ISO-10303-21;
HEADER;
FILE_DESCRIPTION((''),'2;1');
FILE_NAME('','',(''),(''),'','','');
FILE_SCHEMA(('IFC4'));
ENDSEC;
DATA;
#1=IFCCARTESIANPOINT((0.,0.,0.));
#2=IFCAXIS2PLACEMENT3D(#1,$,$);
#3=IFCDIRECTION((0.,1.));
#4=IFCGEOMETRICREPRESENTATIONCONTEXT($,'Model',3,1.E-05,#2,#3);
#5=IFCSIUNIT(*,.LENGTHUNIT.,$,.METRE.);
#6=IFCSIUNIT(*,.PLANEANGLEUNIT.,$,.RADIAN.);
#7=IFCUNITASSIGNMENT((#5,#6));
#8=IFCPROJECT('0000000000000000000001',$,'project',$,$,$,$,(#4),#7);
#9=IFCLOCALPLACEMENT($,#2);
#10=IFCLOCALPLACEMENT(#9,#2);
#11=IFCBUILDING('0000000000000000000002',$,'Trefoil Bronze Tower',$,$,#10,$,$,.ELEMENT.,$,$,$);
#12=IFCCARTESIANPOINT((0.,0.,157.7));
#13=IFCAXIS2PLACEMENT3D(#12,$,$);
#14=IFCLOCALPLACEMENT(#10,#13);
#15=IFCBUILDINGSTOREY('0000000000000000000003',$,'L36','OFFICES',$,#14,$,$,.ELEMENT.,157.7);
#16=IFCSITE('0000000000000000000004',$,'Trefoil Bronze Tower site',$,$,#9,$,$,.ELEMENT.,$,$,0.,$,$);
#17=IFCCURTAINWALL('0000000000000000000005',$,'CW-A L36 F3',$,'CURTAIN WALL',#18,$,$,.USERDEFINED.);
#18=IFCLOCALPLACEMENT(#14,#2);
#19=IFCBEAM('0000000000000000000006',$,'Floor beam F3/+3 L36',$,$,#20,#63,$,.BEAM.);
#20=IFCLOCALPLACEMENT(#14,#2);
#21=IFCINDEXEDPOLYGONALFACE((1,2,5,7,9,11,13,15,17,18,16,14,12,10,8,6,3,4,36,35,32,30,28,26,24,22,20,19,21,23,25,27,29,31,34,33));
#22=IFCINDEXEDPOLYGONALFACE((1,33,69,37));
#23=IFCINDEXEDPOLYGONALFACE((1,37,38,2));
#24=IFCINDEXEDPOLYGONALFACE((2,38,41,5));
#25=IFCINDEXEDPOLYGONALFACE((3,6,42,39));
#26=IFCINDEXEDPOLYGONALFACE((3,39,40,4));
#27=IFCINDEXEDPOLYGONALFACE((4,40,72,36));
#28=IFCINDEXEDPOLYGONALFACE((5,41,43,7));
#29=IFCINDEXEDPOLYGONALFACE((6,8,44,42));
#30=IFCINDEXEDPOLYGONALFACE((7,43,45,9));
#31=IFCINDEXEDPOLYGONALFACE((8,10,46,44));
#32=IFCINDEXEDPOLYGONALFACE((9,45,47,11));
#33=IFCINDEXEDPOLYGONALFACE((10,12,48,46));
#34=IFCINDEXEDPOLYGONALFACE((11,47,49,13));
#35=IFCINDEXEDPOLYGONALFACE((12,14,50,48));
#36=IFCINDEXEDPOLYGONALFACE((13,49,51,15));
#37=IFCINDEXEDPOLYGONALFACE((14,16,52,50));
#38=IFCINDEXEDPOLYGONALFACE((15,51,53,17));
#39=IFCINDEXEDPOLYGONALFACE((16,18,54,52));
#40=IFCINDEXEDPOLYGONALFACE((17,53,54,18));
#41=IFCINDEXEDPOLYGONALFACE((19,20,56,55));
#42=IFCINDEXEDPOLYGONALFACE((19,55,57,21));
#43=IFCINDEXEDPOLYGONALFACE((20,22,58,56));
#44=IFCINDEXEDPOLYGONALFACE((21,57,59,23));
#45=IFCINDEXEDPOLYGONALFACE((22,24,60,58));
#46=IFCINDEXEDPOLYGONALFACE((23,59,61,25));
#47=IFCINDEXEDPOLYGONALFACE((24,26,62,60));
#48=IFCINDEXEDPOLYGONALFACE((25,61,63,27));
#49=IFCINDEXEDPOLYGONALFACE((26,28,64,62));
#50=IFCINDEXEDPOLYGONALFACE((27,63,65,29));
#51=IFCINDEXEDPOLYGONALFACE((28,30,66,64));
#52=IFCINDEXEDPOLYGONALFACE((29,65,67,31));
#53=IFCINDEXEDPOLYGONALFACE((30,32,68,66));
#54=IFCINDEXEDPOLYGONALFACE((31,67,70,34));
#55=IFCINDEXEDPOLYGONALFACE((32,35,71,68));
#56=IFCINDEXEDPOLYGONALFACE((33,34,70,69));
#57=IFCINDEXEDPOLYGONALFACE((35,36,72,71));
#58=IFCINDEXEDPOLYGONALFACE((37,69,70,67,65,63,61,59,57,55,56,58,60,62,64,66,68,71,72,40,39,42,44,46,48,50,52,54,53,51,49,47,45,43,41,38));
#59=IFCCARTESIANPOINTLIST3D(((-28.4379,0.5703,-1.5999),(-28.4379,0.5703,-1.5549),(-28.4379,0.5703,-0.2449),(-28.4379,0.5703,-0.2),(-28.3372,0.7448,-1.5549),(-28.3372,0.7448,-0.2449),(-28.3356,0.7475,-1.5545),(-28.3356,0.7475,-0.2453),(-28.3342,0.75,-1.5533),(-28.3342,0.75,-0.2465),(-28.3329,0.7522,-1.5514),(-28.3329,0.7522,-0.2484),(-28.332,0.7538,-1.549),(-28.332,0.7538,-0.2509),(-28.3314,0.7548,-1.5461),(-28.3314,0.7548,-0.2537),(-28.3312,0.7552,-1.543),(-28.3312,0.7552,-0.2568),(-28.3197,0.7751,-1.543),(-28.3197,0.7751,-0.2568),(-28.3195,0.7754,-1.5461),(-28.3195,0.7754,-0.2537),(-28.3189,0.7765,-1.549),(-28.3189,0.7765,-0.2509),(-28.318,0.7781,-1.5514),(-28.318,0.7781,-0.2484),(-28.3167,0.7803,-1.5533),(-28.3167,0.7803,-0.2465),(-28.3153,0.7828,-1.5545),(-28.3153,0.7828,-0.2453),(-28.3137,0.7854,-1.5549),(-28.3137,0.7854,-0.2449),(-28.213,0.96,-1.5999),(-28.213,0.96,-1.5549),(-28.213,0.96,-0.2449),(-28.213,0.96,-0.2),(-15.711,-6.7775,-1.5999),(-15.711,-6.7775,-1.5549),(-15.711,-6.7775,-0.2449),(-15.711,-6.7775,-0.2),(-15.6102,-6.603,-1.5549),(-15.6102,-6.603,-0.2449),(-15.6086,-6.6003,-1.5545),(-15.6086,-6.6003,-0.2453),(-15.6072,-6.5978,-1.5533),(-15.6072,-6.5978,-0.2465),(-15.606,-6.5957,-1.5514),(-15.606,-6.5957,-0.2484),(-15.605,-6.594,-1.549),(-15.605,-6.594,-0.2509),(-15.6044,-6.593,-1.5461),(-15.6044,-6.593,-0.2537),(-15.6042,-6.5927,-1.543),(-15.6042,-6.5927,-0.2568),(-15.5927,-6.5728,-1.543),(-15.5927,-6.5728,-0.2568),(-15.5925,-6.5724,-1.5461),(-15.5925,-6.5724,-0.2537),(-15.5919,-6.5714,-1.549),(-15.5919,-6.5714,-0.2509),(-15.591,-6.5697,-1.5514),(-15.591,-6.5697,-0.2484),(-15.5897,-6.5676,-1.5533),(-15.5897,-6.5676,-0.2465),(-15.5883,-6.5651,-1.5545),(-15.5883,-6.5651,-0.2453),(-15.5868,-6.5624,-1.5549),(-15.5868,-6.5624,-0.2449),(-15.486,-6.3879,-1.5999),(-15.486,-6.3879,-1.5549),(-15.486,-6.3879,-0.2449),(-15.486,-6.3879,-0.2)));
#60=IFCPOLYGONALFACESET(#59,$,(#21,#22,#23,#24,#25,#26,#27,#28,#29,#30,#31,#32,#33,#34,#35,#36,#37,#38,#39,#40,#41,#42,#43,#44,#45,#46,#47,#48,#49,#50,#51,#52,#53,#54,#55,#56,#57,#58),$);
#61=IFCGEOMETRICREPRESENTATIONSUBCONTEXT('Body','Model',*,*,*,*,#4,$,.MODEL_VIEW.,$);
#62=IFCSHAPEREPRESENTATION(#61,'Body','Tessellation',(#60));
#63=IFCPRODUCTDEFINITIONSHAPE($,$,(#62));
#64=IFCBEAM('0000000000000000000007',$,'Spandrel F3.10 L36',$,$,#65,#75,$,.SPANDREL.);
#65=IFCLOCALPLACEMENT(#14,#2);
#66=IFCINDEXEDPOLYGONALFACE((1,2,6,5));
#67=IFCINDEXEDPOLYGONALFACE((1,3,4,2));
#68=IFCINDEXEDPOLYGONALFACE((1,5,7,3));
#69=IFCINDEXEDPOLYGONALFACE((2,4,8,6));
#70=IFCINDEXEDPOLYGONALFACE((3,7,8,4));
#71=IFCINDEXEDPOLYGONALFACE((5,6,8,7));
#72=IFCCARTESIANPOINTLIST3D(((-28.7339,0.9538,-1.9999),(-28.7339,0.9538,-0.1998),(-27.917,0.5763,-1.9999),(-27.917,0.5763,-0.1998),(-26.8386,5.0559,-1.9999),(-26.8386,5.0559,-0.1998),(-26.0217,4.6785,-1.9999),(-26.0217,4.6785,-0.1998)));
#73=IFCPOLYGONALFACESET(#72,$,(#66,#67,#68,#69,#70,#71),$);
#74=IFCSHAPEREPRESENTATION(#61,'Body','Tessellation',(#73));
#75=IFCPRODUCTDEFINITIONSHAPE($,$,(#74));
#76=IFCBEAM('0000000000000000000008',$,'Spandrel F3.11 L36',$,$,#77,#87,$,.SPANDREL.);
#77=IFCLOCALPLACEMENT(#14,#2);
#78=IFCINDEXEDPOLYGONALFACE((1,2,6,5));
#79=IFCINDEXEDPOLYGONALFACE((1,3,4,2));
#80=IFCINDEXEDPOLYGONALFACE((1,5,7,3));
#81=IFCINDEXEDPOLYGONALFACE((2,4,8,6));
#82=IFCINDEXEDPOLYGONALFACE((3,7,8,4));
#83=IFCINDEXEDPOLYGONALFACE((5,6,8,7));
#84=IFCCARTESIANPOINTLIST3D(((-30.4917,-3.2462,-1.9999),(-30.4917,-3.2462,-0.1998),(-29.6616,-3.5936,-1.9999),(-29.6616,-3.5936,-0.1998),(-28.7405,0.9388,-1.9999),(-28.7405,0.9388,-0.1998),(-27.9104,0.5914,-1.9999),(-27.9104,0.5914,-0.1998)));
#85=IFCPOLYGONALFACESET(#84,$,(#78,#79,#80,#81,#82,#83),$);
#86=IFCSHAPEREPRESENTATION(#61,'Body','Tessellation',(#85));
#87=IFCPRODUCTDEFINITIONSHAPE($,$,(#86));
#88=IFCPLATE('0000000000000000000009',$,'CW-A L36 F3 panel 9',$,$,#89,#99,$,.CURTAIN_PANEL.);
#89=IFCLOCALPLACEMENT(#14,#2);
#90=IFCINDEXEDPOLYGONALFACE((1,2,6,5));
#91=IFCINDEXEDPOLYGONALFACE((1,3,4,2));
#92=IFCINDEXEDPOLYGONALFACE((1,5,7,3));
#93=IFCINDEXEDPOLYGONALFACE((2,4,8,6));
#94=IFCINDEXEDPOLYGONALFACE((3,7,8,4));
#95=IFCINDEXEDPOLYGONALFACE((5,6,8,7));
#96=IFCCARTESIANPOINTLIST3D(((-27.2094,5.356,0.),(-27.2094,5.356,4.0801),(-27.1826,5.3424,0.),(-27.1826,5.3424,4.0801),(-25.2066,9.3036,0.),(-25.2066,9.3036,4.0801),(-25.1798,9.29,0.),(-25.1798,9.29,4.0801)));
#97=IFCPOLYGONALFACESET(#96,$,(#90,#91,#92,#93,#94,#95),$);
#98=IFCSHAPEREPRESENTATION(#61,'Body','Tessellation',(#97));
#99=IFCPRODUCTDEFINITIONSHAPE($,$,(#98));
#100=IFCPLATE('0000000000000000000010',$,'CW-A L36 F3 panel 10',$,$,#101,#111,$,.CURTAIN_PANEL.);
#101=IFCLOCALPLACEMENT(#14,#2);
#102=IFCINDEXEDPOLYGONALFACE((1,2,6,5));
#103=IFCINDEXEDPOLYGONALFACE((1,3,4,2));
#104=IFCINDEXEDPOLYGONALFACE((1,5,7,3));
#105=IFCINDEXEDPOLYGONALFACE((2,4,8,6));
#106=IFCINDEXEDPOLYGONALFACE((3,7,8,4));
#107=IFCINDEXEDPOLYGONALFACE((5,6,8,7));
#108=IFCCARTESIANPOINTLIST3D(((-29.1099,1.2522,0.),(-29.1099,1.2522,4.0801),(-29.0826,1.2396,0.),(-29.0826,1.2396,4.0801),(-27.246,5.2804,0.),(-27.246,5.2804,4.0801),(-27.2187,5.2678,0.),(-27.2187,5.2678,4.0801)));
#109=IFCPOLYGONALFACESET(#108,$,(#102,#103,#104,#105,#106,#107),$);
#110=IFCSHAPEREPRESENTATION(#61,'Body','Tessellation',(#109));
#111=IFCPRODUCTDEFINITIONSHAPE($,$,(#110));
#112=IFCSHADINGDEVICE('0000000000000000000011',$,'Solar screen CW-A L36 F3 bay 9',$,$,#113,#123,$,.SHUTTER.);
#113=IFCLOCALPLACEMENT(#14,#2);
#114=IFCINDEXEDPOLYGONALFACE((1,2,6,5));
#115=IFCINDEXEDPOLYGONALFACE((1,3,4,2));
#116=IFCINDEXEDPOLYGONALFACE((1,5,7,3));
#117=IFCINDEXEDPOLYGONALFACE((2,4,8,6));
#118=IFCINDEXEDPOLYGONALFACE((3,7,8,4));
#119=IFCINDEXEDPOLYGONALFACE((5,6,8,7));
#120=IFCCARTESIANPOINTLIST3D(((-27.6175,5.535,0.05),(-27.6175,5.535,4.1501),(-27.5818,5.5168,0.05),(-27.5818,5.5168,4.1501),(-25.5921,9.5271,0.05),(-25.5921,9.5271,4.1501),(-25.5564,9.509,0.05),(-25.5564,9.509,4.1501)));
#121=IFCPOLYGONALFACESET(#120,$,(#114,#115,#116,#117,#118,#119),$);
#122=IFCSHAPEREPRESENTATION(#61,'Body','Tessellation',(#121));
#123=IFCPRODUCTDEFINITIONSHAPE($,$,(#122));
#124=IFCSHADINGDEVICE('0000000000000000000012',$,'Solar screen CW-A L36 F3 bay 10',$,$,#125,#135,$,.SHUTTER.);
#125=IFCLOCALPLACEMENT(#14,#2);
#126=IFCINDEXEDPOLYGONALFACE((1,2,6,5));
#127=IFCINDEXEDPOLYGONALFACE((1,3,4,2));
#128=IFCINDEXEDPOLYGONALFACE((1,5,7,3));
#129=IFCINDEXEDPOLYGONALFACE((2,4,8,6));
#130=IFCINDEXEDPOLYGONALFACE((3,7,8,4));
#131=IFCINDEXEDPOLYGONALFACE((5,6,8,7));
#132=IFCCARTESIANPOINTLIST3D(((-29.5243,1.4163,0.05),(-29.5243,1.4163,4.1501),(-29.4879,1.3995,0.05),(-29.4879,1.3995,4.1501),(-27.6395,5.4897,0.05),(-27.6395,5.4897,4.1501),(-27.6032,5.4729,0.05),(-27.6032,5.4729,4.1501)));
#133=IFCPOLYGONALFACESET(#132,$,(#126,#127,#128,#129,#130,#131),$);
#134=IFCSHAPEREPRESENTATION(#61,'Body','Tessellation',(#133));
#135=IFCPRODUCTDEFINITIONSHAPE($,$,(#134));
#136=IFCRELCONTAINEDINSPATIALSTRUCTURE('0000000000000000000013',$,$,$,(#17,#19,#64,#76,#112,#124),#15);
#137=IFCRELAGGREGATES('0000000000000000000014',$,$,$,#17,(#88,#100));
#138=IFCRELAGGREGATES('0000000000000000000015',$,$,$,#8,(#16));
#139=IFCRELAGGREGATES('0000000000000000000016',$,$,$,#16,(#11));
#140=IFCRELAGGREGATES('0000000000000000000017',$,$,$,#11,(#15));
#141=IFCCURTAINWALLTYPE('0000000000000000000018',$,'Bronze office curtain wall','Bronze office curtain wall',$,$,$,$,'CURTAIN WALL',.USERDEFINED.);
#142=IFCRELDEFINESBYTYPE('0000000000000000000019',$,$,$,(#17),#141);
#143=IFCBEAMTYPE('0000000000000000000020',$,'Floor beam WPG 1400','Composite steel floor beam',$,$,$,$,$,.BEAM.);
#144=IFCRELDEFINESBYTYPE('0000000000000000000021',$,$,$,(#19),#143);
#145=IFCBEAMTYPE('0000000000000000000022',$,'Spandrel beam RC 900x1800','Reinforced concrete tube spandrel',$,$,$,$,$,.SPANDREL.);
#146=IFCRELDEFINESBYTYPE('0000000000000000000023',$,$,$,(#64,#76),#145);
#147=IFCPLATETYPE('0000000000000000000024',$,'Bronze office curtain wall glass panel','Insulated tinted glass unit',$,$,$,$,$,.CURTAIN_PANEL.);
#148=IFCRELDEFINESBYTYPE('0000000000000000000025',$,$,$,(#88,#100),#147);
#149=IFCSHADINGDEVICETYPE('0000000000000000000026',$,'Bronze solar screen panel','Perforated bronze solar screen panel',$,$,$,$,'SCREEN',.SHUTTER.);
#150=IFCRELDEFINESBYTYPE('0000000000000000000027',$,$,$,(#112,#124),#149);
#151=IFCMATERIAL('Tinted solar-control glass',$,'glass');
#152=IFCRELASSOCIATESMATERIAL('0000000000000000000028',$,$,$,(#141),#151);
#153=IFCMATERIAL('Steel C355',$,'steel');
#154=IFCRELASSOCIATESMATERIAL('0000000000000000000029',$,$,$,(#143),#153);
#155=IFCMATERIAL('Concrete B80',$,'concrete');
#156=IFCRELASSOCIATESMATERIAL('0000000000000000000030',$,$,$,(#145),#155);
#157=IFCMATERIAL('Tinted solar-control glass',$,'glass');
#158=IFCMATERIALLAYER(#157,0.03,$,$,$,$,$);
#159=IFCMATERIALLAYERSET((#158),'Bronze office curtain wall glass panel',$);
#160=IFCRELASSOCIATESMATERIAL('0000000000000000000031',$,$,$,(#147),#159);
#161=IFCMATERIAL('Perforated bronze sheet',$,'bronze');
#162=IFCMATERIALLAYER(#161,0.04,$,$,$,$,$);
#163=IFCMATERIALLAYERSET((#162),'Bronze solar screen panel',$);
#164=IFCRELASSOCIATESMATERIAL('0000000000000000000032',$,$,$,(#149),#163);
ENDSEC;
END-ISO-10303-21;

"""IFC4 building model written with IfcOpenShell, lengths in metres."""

from ifc_helpers import new_model, si_unit, direction, frame, origin, origin_2d, place, context, subcontext, project, spatial, rectangle, i_section, extrude, material, layer, layer_set, material_profile, profile_set, type_object, element, aggregate, save


model = new_model("IFC4")

# Units and contexts
model_context = context("Model", 3, precision=1e-05, world=origin(), true_north=direction((0.0, 1.0)))
body_context = subcontext(model_context, "Body", "Model", "MODEL_VIEW")
ifc_project = project(units=[si_unit("LENGTHUNIT", "METRE"), si_unit("PLANEANGLEUNIT", "RADIAN")], contexts=[model_context])

# Site, building, storey
site_placement = place(None, origin())
site = spatial("IfcSite", under=ifc_project, at=site_placement, Name="Trefoil Bronze Tower site", CompositionType="ELEMENT", RefElevation=0.0)
building_placement = place(site_placement, origin())
building = spatial("IfcBuilding", under=site, at=building_placement, Name="Trefoil Bronze Tower", CompositionType="ELEMENT")
storey_placement = place(building_placement, frame((0.0, 0.0, 157.7)))
storey = spatial("IfcBuildingStorey", under=building, at=storey_placement, Name="L36", Description="OFFICES", CompositionType="ELEMENT", Elevation=157.7)

# Curtain wall
ifc_material_1 = material(Name="Tinted solar-control glass", Category="glass")
curtain_wall_type = type_object("IfcCurtainWallType", Name="Bronze office curtain wall", Description="Bronze office curtain wall", ElementType="CURTAIN WALL", PredefinedType="USERDEFINED", material=ifc_material_1)
curtain_wall_placement = place(storey_placement, origin())
curtain_wall = element("IfcCurtainWall", 1, at=curtain_wall_placement, inside=storey, type_object=curtain_wall_type, Name="CW-A L36 F3", ObjectType="CURTAIN WALL", PredefinedType="USERDEFINED")

# Beams
ifc_material_2 = material(Name="Steel C355", Category="steel")
ifc_material_profile_1 = material_profile(ifc_material_2, i_section(OverallWidth=0.45, OverallDepth=1.3999, WebThickness=0.0229, FlangeThickness=0.0449, FilletRadius=0.012, at=origin_2d()), Name="WPG 1400")
ifc_profile_set_1 = profile_set([ifc_material_profile_1], Name="Steel C355")
beam_type_1 = type_object("IfcBeamType", Name="Floor beam WPG 1400", Description="Composite steel floor beam", PredefinedType="BEAM", material=ifc_profile_set_1)
beam_1_placement = place(storey_placement, frame((-28.3254, 0.7651, -0.8999), z_axis=(0.866027, -0.499997, 0.0), x_axis=(0.499997, 0.866027, 0.0)))
element("IfcBeam", 2, at=beam_1_placement, inside=storey, type_object=beam_type_1, Name="Floor beam F3/+3 L36", PredefinedType="BEAM", context=body_context, shape_type="SweptSolid", body=[
    extrude(i_section(OverallWidth=0.45, OverallDepth=1.3999, WebThickness=0.0229, FlangeThickness=0.0449, FilletRadius=0.012, at=origin_2d()), origin(), (0.0, 0.0, 1.0), 14.6958),
])
ifc_material_3 = material(Name="Concrete B80", Category="concrete")
ifc_material_profile_2 = material_profile(ifc_material_3, rectangle(XDim=0.8999, YDim=1.8, at=origin_2d()), Name="RC 900x1800")
ifc_profile_set_2 = profile_set([ifc_material_profile_2], Name="Concrete B80")
beam_type_2 = type_object("IfcBeamType", Name="Spandrel beam RC 900x1800", Description="Reinforced concrete tube spandrel", PredefinedType="SPANDREL", material=ifc_profile_set_2)
beam_2_placement = place(storey_placement, frame((-26.4302, 4.8672, -1.0999), z_axis=(-0.419425, -0.90779, 0.0), x_axis=(0.90779, -0.419425, 0.0)))
element("IfcBeam", 3, at=beam_2_placement, inside=storey, type_object=beam_type_2, Name="Spandrel F3.10 L36", PredefinedType="SPANDREL", context=body_context, shape_type="SweptSolid", body=[
    extrude(rectangle(XDim=0.8999, YDim=1.8, at=origin_2d()), origin(), (0.0, 0.0, 1.0), 4.5188),
])
beam_3_placement = place(storey_placement, frame((-28.3254, 0.7651, -1.0999), z_axis=(-0.386013, -0.922493, 0.0), x_axis=(0.922493, -0.386013, 0.0)))
element("IfcBeam", 4, at=beam_3_placement, inside=storey, type_object=beam_type_2, Name="Spandrel F3.11 L36", PredefinedType="SPANDREL", context=body_context, shape_type="SweptSolid", body=[
    extrude(rectangle(XDim=0.8999, YDim=1.8, at=origin_2d()), origin(), (0.0, 0.0, 1.0), 4.5366),
])

# Plates
ifc_material_4 = material(Name="Tinted solar-control glass", Category="glass")
ifc_layer_1 = layer(ifc_material_4, 0.03)
ifc_layer_set_1 = layer_set([ifc_layer_1], Name="Bronze office curtain wall glass panel")
plate_type = type_object("IfcPlateType", Name="Bronze office curtain wall glass panel", Description="Insulated tinted glass unit", PredefinedType="CURTAIN_PANEL", material=ifc_layer_set_1)
plate_1_placement = place(storey_placement, frame((-26.1946, 7.323, 0.0), z_axis=(0.0, 0.0, 1.0), x_axis=(-0.452449, -0.89179, 0.0)))
plate_1 = element("IfcPlate", 5, at=plate_1_placement, type_object=plate_type, Name="CW-A L36 F3 panel 9", PredefinedType="CURTAIN_PANEL", context=body_context, shape_type="SweptSolid", body=[
    extrude(rectangle(XDim=4.4265, YDim=0.03, at=origin_2d()), origin(), (0.0, 0.0, 1.0), 4.0801),
])
plate_2_placement = place(storey_placement, frame((-28.1643, 3.26, 0.0), z_axis=(0.0, 0.0, 1.0), x_axis=(-0.419933, -0.907555, 0.0)))
plate_2 = element("IfcPlate", 6, at=plate_2_placement, type_object=plate_type, Name="CW-A L36 F3 panel 10", PredefinedType="CURTAIN_PANEL", context=body_context, shape_type="SweptSolid", body=[
    extrude(rectangle(XDim=4.4385, YDim=0.03, at=origin_2d()), origin(), (0.0, 0.0, 1.0), 4.0801),
])
aggregate(curtain_wall, [plate_1, plate_2])

# Shading devices
ifc_material_5 = material(Name="Perforated bronze sheet", Category="bronze")
ifc_layer_2 = layer(ifc_material_5, 0.04)
ifc_layer_set_2 = layer_set([ifc_layer_2], Name="Bronze solar screen panel")
shading_device_type = type_object("IfcShadingDeviceType", Name="Bronze solar screen panel", Description="Perforated bronze solar screen panel", ElementType="SCREEN", PredefinedType="SHUTTER", material=ifc_layer_set_2)
shading_device_1_placement = place(storey_placement, frame((-26.5869, 7.522, 0.05), z_axis=(0.0, 0.0, 1.0), x_axis=(-0.452449, -0.89179, 0.0)))
element("IfcShadingDevice", 7, at=shading_device_1_placement, inside=storey, type_object=shading_device_type, Name="Solar screen CW-A L36 F3 bay 9", PredefinedType="SHUTTER", context=body_context, shape_type="SweptSolid", body=[
    extrude(rectangle(XDim=4.4766, YDim=0.04, at=origin_2d()), origin(), (0.0, 0.0, 1.0), 4.1001),
])
shading_device_2_placement = place(storey_placement, frame((-28.5637, 3.4446, 0.05), z_axis=(0.0, 0.0, 1.0), x_axis=(-0.419933, -0.907555, 0.0)))
element("IfcShadingDevice", 8, at=shading_device_2_placement, inside=storey, type_object=shading_device_type, Name="Solar screen CW-A L36 F3 bay 10", PredefinedType="SHUTTER", context=body_context, shape_type="SweptSolid", body=[
    extrude(rectangle(XDim=4.4883, YDim=0.04, at=origin_2d()), origin(), (0.0, 0.0, 1.0), 4.1001),
])

save(model, "model.ifc")
